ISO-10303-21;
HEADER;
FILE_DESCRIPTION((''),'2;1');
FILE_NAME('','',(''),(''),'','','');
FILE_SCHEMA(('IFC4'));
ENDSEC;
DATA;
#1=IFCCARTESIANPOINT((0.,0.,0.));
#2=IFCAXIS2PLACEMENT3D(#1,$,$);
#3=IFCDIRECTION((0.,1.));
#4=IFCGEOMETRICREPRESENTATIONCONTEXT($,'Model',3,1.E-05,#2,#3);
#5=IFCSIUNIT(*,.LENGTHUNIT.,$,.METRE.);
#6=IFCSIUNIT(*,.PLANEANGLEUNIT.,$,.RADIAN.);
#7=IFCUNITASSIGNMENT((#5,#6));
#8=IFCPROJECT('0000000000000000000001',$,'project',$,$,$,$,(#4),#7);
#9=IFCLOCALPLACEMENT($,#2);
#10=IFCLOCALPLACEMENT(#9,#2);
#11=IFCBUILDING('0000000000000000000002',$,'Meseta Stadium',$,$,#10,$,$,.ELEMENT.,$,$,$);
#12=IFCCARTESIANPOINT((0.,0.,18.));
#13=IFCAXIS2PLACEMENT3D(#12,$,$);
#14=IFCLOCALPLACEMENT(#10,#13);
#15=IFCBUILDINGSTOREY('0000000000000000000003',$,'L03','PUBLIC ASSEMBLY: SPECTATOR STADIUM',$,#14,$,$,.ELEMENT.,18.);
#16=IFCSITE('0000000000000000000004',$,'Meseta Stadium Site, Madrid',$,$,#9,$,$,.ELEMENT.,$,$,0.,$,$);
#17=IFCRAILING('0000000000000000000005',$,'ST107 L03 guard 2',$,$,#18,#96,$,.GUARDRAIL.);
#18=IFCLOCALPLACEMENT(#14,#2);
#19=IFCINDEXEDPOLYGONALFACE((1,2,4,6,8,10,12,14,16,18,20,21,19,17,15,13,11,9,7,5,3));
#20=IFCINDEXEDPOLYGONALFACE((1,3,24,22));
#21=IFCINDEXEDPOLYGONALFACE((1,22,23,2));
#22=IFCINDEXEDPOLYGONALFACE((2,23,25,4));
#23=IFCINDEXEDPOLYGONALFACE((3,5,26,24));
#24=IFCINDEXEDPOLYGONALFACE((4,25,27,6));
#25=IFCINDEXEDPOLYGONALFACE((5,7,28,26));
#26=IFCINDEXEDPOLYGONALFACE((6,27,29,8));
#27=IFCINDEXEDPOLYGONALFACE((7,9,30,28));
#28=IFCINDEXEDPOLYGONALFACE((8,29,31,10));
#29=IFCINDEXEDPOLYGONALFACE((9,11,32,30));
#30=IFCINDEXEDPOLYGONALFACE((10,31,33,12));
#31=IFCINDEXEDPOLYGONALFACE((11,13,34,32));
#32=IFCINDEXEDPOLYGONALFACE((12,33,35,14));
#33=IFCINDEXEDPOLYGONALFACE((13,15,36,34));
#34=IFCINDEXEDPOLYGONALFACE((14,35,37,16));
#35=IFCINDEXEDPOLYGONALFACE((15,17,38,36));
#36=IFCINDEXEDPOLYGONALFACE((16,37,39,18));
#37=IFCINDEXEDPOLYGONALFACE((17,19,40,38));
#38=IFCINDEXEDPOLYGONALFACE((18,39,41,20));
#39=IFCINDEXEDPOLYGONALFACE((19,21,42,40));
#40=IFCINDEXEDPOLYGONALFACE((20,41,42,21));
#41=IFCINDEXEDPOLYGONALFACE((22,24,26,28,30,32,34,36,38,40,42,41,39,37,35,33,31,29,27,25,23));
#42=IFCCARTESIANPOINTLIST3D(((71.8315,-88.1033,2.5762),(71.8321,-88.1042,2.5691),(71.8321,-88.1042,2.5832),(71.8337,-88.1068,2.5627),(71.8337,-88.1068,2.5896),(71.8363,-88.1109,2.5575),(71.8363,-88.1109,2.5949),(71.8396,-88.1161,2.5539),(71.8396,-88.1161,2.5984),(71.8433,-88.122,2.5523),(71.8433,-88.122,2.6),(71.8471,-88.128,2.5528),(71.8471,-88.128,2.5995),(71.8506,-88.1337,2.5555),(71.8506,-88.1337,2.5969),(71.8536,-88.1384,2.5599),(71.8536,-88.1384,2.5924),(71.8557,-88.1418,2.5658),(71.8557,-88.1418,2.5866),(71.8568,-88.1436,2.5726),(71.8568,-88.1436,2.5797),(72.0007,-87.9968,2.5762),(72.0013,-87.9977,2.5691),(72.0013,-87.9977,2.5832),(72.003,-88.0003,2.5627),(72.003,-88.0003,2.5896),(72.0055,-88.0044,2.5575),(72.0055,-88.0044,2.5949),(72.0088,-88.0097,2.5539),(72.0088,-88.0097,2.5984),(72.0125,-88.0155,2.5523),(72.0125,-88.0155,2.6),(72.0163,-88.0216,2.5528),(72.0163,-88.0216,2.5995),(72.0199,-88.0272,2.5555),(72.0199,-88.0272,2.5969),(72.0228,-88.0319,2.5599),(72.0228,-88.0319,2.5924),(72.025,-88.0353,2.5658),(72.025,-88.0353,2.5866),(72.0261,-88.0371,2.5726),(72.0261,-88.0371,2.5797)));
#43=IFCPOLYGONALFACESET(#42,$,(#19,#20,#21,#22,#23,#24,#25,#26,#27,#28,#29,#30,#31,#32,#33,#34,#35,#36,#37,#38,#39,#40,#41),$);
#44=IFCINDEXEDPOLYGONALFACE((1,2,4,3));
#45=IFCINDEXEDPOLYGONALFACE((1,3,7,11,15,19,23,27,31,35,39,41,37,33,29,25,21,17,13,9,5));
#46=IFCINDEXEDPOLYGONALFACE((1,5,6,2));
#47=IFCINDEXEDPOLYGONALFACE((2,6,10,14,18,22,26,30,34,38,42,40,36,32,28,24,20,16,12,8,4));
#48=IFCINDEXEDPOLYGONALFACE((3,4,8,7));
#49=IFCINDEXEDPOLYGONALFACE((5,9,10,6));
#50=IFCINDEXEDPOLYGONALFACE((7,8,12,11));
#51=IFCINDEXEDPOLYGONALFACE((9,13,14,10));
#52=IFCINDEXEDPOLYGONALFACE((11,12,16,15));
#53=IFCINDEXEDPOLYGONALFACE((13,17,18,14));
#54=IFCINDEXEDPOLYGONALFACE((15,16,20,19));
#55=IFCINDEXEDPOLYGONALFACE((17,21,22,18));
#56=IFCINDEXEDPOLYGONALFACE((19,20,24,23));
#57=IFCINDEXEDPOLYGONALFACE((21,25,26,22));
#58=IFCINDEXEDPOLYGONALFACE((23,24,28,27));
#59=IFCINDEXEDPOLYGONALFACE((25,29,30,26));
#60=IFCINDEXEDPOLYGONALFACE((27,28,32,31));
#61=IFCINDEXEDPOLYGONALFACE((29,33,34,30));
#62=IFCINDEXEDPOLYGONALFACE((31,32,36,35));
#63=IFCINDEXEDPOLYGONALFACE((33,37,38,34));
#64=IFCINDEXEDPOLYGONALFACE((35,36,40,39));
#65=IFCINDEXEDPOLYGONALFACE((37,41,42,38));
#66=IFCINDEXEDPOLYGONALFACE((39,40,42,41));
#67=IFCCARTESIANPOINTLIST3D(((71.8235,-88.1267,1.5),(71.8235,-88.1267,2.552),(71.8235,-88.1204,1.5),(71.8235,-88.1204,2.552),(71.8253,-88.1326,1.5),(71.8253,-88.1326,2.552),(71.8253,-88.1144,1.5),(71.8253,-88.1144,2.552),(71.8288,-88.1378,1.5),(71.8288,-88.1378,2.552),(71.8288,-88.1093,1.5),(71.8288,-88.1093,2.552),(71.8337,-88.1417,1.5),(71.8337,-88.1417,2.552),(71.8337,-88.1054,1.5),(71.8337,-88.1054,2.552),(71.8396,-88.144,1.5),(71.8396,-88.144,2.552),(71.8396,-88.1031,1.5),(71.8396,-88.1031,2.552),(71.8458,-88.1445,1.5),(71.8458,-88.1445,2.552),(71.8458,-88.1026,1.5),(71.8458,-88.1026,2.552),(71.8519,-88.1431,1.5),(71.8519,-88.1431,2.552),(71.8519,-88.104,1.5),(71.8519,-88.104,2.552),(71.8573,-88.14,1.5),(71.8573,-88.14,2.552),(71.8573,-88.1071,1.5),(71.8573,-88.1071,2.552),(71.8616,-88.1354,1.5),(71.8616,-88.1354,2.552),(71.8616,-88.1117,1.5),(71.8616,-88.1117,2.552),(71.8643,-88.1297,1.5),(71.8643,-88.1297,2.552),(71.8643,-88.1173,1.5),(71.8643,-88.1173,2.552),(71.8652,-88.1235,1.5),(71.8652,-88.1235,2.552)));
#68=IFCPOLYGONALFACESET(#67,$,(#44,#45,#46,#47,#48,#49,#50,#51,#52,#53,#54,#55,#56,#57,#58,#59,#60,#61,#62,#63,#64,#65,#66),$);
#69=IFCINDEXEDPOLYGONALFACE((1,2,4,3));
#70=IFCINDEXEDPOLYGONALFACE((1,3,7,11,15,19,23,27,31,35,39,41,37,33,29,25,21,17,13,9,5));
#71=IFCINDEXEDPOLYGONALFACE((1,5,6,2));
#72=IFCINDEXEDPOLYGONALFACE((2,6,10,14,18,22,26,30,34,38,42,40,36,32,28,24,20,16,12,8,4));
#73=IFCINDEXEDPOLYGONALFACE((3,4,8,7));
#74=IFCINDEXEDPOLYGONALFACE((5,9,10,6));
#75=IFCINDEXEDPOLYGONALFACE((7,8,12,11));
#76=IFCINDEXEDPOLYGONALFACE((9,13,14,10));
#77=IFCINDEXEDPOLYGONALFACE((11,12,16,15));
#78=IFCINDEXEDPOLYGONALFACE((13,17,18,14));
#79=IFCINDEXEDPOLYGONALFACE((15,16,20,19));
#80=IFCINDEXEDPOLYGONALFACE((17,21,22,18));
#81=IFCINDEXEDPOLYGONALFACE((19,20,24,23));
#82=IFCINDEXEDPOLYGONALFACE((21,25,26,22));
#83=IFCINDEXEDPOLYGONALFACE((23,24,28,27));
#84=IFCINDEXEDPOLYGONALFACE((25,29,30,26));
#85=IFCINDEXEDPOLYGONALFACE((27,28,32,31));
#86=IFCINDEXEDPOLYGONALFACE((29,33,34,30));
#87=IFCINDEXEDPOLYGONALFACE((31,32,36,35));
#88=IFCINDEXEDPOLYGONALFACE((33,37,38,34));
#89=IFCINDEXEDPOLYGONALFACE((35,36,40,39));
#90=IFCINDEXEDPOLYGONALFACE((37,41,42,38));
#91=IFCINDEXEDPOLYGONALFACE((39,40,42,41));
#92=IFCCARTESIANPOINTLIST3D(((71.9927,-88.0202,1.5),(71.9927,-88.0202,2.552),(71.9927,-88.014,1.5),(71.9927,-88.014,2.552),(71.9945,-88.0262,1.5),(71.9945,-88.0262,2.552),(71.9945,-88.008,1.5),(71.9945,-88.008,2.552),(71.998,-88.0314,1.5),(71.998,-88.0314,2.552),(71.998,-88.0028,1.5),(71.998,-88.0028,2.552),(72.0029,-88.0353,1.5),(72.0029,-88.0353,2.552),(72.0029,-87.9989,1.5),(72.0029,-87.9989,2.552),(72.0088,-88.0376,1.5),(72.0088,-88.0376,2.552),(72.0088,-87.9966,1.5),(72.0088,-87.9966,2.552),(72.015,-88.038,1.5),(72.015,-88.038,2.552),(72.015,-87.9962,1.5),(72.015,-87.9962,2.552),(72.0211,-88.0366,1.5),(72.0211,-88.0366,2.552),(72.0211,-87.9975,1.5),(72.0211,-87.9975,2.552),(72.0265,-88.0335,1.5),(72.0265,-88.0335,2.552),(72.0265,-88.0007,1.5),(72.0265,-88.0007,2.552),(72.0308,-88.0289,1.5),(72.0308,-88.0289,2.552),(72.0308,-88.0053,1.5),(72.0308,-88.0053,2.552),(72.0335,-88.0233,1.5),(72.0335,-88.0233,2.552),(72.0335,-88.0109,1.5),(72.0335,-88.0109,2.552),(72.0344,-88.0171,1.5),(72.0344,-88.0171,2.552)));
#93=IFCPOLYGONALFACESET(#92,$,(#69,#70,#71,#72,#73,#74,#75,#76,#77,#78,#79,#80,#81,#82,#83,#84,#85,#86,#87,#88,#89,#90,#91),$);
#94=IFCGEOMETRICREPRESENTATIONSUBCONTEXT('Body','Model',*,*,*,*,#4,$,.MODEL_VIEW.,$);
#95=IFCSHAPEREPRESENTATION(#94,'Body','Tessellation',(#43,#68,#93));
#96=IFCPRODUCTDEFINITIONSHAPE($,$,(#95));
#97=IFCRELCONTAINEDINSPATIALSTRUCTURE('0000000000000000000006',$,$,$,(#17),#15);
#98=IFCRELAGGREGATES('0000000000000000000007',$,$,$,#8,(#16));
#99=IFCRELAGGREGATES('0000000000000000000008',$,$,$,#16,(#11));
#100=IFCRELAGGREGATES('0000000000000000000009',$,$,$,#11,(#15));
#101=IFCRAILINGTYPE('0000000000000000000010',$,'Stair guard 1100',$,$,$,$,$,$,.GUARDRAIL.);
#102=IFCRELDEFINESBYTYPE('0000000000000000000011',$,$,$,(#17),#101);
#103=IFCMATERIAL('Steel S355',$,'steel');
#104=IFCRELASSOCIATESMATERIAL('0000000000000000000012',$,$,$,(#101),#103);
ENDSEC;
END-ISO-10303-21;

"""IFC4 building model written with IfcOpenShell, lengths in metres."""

from ifc_helpers import new_model, si_unit, direction, frame, origin, origin_2d, place, context, subcontext, project, spatial, circle, extrude, material, type_object, element, save


model = new_model("IFC4")

# Units and contexts
model_context = context("Model", 3, precision=1e-05, world=origin(), true_north=direction((0.0, 1.0)))
body_context = subcontext(model_context, "Body", "Model", "MODEL_VIEW")
ifc_project = project(units=[si_unit("LENGTHUNIT", "METRE"), si_unit("PLANEANGLEUNIT", "RADIAN")], contexts=[model_context])

# Site, building, storey
site_placement = place(None, origin())
site = spatial("IfcSite", under=ifc_project, at=site_placement, Name="Meseta Stadium Site, Madrid", CompositionType="ELEMENT", RefElevation=0.0)
building_placement = place(site_placement, origin())
building = spatial("IfcBuilding", under=site, at=building_placement, Name="Meseta Stadium", CompositionType="ELEMENT")
storey_placement = place(building_placement, frame((0.0, 0.0, 18.0)))
storey = spatial("IfcBuildingStorey", under=building, at=storey_placement, Name="L03", Description="PUBLIC ASSEMBLY: SPECTATOR STADIUM", CompositionType="ELEMENT", Elevation=18.0)

# Railing
ifc_material_1 = material(Name="Steel S355", Category="steel")
railing_type_1 = type_object("IfcRailingType", Name="Stair guard 1100", PredefinedType="GUARDRAIL", material=ifc_material_1)
railing_1_placement = place(storey_placement, frame((71.8442, -88.1235, 1.5)))
element("IfcRailing", 1, at=railing_1_placement, inside=storey, type_object=railing_type_1, Name="ST107 L03 guard 2", PredefinedType="GUARDRAIL", context=body_context, shape_type="SweptSolid", body=[
    extrude(circle(Radius=0.0239, at=origin_2d()), frame((0.0, 0.0, 1.0762), z_axis=(0.846416, 0.532522, 0.0), x_axis=(-0.532522, 0.846416, 0.0)), (0.0, 0.0, 1.0), 0.2),
    extrude(circle(Radius=0.021, at=origin_2d()), origin(), (0.0, 0.0, 1.0), 1.052),
    extrude(circle(Radius=0.021, at=origin_2d()), frame((0.1692, 0.1064, 0.0)), (0.0, 0.0, 1.0), 1.052),
])

save(model, "model.ifc")
